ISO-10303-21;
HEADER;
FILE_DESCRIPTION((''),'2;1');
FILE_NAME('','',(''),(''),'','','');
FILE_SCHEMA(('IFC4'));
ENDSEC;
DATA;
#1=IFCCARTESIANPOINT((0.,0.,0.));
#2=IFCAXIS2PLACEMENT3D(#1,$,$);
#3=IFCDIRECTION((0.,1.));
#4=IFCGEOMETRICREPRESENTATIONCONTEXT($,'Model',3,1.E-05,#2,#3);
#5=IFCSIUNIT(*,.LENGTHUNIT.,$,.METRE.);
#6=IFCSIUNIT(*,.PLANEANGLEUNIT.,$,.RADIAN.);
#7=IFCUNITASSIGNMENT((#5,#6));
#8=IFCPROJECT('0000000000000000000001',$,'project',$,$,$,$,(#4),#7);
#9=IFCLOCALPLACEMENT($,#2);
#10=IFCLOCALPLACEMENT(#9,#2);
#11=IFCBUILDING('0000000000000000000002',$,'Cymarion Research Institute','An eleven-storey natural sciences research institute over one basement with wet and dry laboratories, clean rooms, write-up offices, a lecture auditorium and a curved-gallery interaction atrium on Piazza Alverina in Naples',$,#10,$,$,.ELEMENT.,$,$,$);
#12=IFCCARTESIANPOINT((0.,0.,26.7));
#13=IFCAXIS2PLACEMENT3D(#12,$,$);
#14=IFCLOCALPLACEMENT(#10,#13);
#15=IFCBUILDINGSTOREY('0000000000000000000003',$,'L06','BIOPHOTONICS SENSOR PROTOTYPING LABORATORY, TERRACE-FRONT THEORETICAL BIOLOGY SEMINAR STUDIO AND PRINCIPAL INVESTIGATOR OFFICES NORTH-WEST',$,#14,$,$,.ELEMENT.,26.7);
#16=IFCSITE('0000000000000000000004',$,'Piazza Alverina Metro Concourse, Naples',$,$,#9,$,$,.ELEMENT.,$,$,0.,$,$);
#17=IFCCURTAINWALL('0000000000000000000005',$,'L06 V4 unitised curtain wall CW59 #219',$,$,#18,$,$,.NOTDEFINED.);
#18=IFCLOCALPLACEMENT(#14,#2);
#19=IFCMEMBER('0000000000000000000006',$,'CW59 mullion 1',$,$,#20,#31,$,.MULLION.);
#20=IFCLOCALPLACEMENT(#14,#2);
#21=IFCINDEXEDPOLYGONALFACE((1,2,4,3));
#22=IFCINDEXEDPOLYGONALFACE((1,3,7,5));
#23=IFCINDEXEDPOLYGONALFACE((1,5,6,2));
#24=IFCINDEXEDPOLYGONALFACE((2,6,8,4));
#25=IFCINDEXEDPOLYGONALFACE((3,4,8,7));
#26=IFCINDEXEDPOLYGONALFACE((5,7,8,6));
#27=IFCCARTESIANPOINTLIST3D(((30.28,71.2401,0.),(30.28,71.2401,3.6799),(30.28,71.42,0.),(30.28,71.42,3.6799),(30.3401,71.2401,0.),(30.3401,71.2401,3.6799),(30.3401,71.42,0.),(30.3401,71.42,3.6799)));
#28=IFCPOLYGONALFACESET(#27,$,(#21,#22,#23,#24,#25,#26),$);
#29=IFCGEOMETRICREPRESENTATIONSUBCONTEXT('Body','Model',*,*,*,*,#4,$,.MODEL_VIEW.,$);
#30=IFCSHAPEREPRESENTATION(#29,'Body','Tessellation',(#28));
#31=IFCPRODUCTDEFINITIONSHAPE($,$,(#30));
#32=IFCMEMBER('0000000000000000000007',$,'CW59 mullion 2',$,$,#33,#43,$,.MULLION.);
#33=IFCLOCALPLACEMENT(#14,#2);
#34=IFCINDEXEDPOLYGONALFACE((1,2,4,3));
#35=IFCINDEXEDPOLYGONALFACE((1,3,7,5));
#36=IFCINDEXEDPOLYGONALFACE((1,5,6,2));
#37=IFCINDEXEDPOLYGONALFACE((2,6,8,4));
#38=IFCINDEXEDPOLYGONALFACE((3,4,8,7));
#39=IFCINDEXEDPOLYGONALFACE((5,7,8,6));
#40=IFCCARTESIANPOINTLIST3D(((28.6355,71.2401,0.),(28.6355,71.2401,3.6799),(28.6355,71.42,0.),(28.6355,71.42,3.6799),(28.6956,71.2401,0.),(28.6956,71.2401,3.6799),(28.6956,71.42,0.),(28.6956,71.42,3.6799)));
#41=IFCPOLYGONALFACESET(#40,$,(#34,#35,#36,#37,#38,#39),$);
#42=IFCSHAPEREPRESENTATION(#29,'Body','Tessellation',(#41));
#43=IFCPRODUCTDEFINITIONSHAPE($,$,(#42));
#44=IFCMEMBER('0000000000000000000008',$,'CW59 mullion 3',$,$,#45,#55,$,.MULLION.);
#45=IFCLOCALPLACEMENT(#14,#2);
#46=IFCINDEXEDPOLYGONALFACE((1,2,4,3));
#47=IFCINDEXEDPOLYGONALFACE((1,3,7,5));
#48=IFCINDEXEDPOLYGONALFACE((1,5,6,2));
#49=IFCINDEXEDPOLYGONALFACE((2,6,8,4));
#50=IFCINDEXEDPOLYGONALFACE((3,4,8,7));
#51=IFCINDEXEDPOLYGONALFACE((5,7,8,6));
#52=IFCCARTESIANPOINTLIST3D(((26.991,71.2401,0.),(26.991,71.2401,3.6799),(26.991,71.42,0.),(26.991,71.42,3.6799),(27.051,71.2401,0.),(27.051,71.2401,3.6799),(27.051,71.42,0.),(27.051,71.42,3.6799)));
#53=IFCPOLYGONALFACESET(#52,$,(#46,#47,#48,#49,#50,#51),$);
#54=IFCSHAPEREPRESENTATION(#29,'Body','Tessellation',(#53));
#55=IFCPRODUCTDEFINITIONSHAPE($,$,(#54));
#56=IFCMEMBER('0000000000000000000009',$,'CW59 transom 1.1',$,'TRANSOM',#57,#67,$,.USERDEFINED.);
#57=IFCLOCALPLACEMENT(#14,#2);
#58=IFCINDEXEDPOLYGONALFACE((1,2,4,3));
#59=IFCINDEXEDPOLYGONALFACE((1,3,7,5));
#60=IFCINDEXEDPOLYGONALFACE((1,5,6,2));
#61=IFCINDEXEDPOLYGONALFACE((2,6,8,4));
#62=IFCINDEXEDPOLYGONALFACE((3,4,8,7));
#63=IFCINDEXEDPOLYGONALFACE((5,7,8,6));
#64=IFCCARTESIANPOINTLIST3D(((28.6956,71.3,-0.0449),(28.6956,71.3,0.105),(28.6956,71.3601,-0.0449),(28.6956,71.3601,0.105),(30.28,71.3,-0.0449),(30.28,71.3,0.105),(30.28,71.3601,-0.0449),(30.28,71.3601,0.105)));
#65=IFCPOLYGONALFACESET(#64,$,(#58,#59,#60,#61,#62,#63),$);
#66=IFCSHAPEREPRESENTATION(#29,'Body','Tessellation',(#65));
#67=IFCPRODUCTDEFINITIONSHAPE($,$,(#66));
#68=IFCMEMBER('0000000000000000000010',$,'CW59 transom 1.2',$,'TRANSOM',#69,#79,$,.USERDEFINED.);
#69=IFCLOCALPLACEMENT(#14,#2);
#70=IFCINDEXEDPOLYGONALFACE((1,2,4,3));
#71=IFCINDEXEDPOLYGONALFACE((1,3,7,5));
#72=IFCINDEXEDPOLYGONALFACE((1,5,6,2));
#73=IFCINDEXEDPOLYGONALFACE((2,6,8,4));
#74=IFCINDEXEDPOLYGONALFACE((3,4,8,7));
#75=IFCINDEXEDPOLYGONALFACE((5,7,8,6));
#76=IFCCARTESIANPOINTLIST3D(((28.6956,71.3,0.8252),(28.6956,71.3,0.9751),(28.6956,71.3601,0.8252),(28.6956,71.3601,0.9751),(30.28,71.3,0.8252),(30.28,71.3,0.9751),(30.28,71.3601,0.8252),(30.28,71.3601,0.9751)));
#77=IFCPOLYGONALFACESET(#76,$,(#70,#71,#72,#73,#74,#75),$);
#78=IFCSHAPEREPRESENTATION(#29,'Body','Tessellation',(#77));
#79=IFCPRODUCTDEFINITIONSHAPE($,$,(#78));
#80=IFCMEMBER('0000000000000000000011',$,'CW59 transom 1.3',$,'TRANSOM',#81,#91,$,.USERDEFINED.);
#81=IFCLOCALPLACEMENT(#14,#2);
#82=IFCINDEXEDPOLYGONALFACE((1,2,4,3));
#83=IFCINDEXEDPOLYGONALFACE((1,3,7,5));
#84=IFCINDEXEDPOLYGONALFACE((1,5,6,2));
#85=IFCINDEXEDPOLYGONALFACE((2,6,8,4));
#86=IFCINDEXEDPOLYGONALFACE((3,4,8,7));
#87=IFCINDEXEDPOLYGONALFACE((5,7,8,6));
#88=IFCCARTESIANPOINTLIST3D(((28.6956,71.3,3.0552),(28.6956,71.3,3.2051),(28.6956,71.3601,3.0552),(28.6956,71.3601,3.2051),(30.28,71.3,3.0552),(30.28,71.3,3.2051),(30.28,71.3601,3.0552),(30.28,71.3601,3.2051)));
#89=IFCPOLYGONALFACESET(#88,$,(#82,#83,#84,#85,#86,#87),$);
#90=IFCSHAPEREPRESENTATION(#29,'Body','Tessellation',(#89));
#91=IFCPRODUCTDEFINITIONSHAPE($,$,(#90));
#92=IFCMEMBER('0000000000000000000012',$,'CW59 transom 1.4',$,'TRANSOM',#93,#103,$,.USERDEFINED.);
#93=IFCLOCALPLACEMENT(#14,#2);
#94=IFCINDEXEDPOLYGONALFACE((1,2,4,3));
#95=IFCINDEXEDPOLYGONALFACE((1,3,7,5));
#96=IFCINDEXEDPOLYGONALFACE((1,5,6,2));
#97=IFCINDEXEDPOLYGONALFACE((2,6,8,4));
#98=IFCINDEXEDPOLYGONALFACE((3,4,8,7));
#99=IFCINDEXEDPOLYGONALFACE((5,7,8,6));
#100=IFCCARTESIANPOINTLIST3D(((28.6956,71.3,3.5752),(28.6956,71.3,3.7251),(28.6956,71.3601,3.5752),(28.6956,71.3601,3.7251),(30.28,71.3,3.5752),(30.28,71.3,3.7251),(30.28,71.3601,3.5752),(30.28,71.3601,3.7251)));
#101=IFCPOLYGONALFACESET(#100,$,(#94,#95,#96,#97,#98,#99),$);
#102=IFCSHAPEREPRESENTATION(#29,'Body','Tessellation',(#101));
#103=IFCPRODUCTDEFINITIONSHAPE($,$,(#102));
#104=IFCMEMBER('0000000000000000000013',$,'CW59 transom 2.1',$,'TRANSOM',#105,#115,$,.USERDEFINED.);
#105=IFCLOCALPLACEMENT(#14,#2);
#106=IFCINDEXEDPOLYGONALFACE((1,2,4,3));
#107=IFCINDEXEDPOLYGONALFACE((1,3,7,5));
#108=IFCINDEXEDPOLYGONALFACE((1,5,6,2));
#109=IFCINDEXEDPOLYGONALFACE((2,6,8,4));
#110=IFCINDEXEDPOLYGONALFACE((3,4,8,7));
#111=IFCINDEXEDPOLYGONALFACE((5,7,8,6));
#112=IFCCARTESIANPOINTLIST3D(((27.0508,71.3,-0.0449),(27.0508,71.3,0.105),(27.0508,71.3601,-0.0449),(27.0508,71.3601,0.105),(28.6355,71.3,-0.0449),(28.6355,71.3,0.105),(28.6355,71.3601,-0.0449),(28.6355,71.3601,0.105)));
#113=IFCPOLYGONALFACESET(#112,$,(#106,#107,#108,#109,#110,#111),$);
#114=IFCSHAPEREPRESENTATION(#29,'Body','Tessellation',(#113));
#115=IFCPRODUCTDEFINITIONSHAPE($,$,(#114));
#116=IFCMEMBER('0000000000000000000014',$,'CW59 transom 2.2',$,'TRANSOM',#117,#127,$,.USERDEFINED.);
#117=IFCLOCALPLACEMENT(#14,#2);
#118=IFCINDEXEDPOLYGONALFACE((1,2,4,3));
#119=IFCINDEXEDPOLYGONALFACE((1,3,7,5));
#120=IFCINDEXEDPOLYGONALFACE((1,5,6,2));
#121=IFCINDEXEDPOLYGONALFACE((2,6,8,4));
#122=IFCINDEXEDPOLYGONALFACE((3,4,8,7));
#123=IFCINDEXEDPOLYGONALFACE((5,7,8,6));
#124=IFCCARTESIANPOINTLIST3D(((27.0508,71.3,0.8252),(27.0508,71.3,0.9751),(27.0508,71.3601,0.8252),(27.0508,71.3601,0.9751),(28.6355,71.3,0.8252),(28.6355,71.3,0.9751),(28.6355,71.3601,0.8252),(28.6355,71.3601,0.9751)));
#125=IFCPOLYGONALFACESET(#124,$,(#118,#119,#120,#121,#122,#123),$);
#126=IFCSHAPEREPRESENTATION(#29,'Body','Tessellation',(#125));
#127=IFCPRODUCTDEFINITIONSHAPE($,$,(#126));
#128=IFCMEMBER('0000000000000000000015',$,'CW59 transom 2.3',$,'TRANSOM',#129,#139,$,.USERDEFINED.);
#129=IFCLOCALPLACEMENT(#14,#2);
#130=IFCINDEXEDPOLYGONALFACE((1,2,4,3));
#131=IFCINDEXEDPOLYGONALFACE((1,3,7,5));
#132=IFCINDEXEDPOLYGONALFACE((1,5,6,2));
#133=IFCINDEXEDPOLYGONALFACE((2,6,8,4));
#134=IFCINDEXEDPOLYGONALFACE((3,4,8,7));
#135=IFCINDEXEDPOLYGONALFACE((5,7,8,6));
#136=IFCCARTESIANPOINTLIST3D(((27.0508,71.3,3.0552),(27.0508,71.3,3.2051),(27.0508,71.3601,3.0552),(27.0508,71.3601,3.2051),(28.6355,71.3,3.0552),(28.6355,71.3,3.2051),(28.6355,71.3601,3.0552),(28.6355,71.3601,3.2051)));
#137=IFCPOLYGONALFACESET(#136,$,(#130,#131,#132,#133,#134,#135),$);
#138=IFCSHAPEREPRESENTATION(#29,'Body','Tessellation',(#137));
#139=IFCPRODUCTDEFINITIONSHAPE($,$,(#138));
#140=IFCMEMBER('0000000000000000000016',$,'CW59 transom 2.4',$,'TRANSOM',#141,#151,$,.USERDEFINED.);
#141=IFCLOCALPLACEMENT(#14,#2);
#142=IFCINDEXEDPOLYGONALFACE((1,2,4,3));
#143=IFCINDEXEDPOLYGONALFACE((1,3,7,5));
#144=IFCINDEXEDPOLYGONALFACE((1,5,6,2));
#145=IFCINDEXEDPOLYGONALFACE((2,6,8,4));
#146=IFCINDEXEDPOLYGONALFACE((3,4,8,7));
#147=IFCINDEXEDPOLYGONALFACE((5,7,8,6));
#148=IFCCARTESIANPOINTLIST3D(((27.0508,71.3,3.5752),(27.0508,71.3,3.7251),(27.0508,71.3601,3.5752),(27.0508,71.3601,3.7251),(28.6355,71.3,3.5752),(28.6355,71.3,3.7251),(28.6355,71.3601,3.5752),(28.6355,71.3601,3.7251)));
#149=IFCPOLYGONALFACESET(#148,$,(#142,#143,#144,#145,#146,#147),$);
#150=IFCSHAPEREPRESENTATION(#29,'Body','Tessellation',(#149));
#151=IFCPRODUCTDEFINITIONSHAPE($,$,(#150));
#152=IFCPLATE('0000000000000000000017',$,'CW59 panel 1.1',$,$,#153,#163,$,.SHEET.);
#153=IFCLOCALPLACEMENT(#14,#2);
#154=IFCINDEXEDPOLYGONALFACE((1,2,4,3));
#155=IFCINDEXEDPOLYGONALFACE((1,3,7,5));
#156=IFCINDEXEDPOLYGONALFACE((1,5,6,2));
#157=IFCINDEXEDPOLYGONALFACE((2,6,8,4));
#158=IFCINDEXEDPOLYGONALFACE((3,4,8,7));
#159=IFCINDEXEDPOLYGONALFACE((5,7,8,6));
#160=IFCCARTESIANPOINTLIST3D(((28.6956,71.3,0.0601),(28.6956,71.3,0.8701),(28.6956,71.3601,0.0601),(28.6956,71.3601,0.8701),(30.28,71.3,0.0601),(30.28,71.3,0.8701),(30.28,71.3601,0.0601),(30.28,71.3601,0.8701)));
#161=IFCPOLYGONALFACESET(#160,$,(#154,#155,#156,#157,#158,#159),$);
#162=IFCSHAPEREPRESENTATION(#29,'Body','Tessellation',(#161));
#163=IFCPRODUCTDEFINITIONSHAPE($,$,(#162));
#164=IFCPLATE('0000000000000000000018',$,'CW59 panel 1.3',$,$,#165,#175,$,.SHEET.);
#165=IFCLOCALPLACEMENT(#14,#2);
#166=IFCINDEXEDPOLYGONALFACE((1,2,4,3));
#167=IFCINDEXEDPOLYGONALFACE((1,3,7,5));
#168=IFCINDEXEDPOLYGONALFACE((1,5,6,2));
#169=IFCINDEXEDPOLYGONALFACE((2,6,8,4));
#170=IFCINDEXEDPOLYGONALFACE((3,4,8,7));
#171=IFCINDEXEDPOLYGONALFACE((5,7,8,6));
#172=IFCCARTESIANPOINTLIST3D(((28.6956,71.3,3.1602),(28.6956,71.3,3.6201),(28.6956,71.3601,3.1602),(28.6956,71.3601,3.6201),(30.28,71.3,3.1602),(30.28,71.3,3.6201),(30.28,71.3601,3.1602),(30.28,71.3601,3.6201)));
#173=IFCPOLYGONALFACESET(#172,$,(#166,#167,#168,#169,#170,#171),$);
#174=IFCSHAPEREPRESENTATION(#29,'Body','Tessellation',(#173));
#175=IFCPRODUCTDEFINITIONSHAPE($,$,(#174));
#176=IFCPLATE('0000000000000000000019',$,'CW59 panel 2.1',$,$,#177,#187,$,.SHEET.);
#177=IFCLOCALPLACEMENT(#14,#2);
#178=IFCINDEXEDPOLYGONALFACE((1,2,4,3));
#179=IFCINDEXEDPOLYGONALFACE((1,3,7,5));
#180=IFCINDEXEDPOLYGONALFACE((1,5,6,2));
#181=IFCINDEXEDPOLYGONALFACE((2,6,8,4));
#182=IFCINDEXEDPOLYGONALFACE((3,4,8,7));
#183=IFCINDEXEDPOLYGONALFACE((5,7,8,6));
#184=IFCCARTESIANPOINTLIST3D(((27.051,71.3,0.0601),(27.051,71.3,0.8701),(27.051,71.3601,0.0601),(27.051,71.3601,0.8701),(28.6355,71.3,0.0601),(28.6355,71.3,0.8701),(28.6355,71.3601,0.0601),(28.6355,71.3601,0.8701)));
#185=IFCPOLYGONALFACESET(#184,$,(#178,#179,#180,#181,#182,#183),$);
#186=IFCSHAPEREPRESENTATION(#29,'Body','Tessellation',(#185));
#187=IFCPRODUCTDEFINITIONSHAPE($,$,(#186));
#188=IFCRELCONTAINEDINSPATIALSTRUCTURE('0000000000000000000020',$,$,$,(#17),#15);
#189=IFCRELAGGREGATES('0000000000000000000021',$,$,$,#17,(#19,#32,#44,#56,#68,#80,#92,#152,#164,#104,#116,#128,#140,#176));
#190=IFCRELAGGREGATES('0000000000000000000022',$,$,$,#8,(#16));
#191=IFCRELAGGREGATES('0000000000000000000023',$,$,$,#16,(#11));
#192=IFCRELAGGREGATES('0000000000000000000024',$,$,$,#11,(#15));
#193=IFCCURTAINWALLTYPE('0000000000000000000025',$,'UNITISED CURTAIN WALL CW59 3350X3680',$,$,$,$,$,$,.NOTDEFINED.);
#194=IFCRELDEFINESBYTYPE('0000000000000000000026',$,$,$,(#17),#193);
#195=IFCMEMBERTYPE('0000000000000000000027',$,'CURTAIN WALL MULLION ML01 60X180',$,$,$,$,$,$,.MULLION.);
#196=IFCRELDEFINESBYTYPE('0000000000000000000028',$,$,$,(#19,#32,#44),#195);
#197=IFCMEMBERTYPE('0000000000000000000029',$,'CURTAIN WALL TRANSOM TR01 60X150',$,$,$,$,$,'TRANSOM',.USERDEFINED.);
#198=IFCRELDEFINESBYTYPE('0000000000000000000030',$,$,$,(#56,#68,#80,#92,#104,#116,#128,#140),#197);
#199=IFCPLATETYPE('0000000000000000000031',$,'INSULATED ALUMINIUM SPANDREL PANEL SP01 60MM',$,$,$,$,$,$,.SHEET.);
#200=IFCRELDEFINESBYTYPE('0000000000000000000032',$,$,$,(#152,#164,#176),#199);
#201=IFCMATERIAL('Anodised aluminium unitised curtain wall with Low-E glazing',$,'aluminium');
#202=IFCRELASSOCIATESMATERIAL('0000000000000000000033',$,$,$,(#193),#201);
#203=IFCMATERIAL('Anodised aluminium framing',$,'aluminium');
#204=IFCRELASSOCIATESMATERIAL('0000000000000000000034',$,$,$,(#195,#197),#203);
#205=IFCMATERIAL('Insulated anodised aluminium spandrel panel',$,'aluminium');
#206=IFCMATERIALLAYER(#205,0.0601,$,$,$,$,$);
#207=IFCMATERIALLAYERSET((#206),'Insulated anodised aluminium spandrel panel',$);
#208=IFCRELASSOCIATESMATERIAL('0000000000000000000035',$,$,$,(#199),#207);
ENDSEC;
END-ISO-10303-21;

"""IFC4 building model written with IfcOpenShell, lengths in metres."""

from ifc_helpers import new_model, si_unit, direction, frame, origin, origin_2d, place, context, subcontext, project, spatial, rectangle, extrude, material, layer, layer_set, material_profile, profile_set, type_object, element, aggregate, save


model = new_model("IFC4")

# Units and contexts
model_context = context("Model", 3, precision=1e-05, world=origin(), true_north=direction((0.0, 1.0)))
body_context = subcontext(model_context, "Body", "Model", "MODEL_VIEW")
ifc_project = project(units=[si_unit("LENGTHUNIT", "METRE"), si_unit("PLANEANGLEUNIT", "RADIAN")], contexts=[model_context])

# Site, building, storey
site_placement = place(None, origin())
site = spatial("IfcSite", under=ifc_project, at=site_placement, Name="Piazza Alverina Metro Concourse, Naples", CompositionType="ELEMENT", RefElevation=0.0)
building_placement = place(site_placement, origin())
building = spatial("IfcBuilding", under=site, at=building_placement, Name="Cymarion Research Institute", Description="An eleven-storey natural sciences research institute over one basement with wet and dry laboratories, clean rooms, write-up offices, a lecture auditorium and a curved-gallery interaction atrium on Piazza Alverina in Naples", CompositionType="ELEMENT")
storey_placement = place(building_placement, frame((0.0, 0.0, 26.7)))
storey = spatial("IfcBuildingStorey", under=building, at=storey_placement, Name="L06", Description="BIOPHOTONICS SENSOR PROTOTYPING LABORATORY, TERRACE-FRONT THEORETICAL BIOLOGY SEMINAR STUDIO AND PRINCIPAL INVESTIGATOR OFFICES NORTH-WEST", CompositionType="ELEMENT", Elevation=26.7)

# Curtain wall, members, plates
ifc_material_1 = material(Name="Anodised aluminium unitised curtain wall with Low-E glazing", Category="aluminium")
curtain_wall_type = type_object("IfcCurtainWallType", Name="UNITISED CURTAIN WALL CW59 3350X3680", PredefinedType="NOTDEFINED", material=ifc_material_1)
curtain_wall_placement = place(storey_placement, origin())
curtain_wall = element("IfcCurtainWall", 1, at=curtain_wall_placement, inside=storey, type_object=curtain_wall_type, Name="L06 V4 unitised curtain wall CW59 #219", PredefinedType="NOTDEFINED")
ifc_material_2 = material(Name="Anodised aluminium framing", Category="aluminium")
ifc_material_profile_1 = material_profile(ifc_material_2, rectangle(XDim=0.0601, YDim=0.1799, at=origin_2d()), Name="ALU MULLION 60x180")
ifc_profile_set_1 = profile_set([ifc_material_profile_1], Name="Anodised aluminium framing")
member_type_1 = type_object("IfcMemberType", Name="CURTAIN WALL MULLION ML01 60X180", PredefinedType="MULLION", material=ifc_profile_set_1)
member_1_placement = place(storey_placement, frame((30.3101, 71.3301, 0.0), z_axis=(0.0, 0.0, 1.0), x_axis=(-1.0, 0.0, 0.0)))
member_1 = element("IfcMember", 2, at=member_1_placement, type_object=member_type_1, Name="CW59 mullion 1", PredefinedType="MULLION", context=body_context, shape_type="SweptSolid", body=[
    extrude(rectangle(XDim=0.0601, YDim=0.1799, at=origin_2d()), origin(), (0.0, 0.0, 1.0), 3.6799),
])
member_2_placement = place(storey_placement, frame((28.6655, 71.3301, 0.0), z_axis=(0.0, 0.0, 1.0), x_axis=(-1.0, 0.0, 0.0)))
member_2 = element("IfcMember", 3, at=member_2_placement, type_object=member_type_1, Name="CW59 mullion 2", PredefinedType="MULLION", context=body_context, shape_type="SweptSolid", body=[
    extrude(rectangle(XDim=0.0601, YDim=0.1799, at=origin_2d()), origin(), (0.0, 0.0, 1.0), 3.6799),
])
member_3_placement = place(storey_placement, frame((27.021, 71.3301, 0.0), z_axis=(0.0, 0.0, 1.0), x_axis=(-1.0, 0.0, 0.0)))
member_3 = element("IfcMember", 4, at=member_3_placement, type_object=member_type_1, Name="CW59 mullion 3", PredefinedType="MULLION", context=body_context, shape_type="SweptSolid", body=[
    extrude(rectangle(XDim=0.0601, YDim=0.1799, at=origin_2d()), origin(), (0.0, 0.0, 1.0), 3.6799),
])
ifc_material_profile_2 = material_profile(ifc_material_2, rectangle(XDim=0.0601, YDim=0.1499, at=origin_2d()), Name="ALU TRANSOM 60x150")
ifc_profile_set_2 = profile_set([ifc_material_profile_2], Name="Anodised aluminium framing")
member_type_2 = type_object("IfcMemberType", Name="CURTAIN WALL TRANSOM TR01 60X150", ElementType="TRANSOM", PredefinedType="USERDEFINED", material=ifc_profile_set_2)
member_4_placement = place(storey_placement, frame((30.28, 71.3301, 0.03), z_axis=(-1.0, 0.0, 0.0), x_axis=(0.0, -1.0, 0.0)))
member_4 = element("IfcMember", 5, at=member_4_placement, type_object=member_type_2, Name="CW59 transom 1.1", ObjectType="TRANSOM", PredefinedType="USERDEFINED", context=body_context, shape_type="SweptSolid", body=[
    extrude(rectangle(XDim=0.0601, YDim=0.1499, at=origin_2d()), origin(), (0.0, 0.0, 1.0), 1.5845),
])
member_5_placement = place(storey_placement, frame((30.28, 71.3301, 0.9001), z_axis=(-1.0, 0.0, 0.0), x_axis=(0.0, -1.0, 0.0)))
member_5 = element("IfcMember", 6, at=member_5_placement, type_object=member_type_2, Name="CW59 transom 1.2", ObjectType="TRANSOM", PredefinedType="USERDEFINED", context=body_context, shape_type="SweptSolid", body=[
    extrude(rectangle(XDim=0.0601, YDim=0.1499, at=origin_2d()), origin(), (0.0, 0.0, 1.0), 1.5845),
])
member_6_placement = place(storey_placement, frame((30.28, 71.3301, 3.1301), z_axis=(-1.0, 0.0, 0.0), x_axis=(0.0, -1.0, 0.0)))
member_6 = element("IfcMember", 7, at=member_6_placement, type_object=member_type_2, Name="CW59 transom 1.3", ObjectType="TRANSOM", PredefinedType="USERDEFINED", context=body_context, shape_type="SweptSolid", body=[
    extrude(rectangle(XDim=0.0601, YDim=0.1499, at=origin_2d()), origin(), (0.0, 0.0, 1.0), 1.5845),
])
member_7_placement = place(storey_placement, frame((30.28, 71.3301, 3.6501), z_axis=(-1.0, 0.0, 0.0), x_axis=(0.0, -1.0, 0.0)))
member_7 = element("IfcMember", 8, at=member_7_placement, type_object=member_type_2, Name="CW59 transom 1.4", ObjectType="TRANSOM", PredefinedType="USERDEFINED", context=body_context, shape_type="SweptSolid", body=[
    extrude(rectangle(XDim=0.0601, YDim=0.1499, at=origin_2d()), origin(), (0.0, 0.0, 1.0), 1.5845),
])
member_8_placement = place(storey_placement, frame((28.6355, 71.3301, 0.03), z_axis=(-1.0, 0.0, 0.0), x_axis=(0.0, -1.0, 0.0)))
member_8 = element("IfcMember", 9, at=member_8_placement, type_object=member_type_2, Name="CW59 transom 2.1", ObjectType="TRANSOM", PredefinedType="USERDEFINED", context=body_context, shape_type="SweptSolid", body=[
    extrude(rectangle(XDim=0.0601, YDim=0.1499, at=origin_2d()), origin(), (0.0, 0.0, 1.0), 1.5847),
])
member_9_placement = place(storey_placement, frame((28.6355, 71.3301, 0.9001), z_axis=(-1.0, 0.0, 0.0), x_axis=(0.0, -1.0, 0.0)))
member_9 = element("IfcMember", 10, at=member_9_placement, type_object=member_type_2, Name="CW59 transom 2.2", ObjectType="TRANSOM", PredefinedType="USERDEFINED", context=body_context, shape_type="SweptSolid", body=[
    extrude(rectangle(XDim=0.0601, YDim=0.1499, at=origin_2d()), origin(), (0.0, 0.0, 1.0), 1.5847),
])
member_10_placement = place(storey_placement, frame((28.6355, 71.3301, 3.1301), z_axis=(-1.0, 0.0, 0.0), x_axis=(0.0, -1.0, 0.0)))
member_10 = element("IfcMember", 11, at=member_10_placement, type_object=member_type_2, Name="CW59 transom 2.3", ObjectType="TRANSOM", PredefinedType="USERDEFINED", context=body_context, shape_type="SweptSolid", body=[
    extrude(rectangle(XDim=0.0601, YDim=0.1499, at=origin_2d()), origin(), (0.0, 0.0, 1.0), 1.5847),
])
member_11_placement = place(storey_placement, frame((28.6355, 71.3301, 3.6501), z_axis=(-1.0, 0.0, 0.0), x_axis=(0.0, -1.0, 0.0)))
member_11 = element("IfcMember", 12, at=member_11_placement, type_object=member_type_2, Name="CW59 transom 2.4", ObjectType="TRANSOM", PredefinedType="USERDEFINED", context=body_context, shape_type="SweptSolid", body=[
    extrude(rectangle(XDim=0.0601, YDim=0.1499, at=origin_2d()), origin(), (0.0, 0.0, 1.0), 1.5847),
])
ifc_material_3 = material(Name="Insulated anodised aluminium spandrel panel", Category="aluminium")
ifc_layer_1 = layer(ifc_material_3, 0.0601)
ifc_layer_set_1 = layer_set([ifc_layer_1], Name="Insulated anodised aluminium spandrel panel")
plate_type_1 = type_object("IfcPlateType", Name="INSULATED ALUMINIUM SPANDREL PANEL SP01 60MM", PredefinedType="SHEET", material=ifc_layer_set_1)
plate_1_placement = place(storey_placement, frame((29.4878, 71.3301, 0.0601), z_axis=(0.0, 0.0, 1.0), x_axis=(-1.0, 0.0, 0.0)))
plate_1 = element("IfcPlate", 13, at=plate_1_placement, type_object=plate_type_1, Name="CW59 panel 1.1", PredefinedType="SHEET", context=body_context, shape_type="SweptSolid", body=[
    extrude(rectangle(XDim=1.5845, YDim=0.0601, at=origin_2d()), origin(), (0.0, 0.0, 1.0), 0.8101),
])
plate_2_placement = place(storey_placement, frame((29.4878, 71.3301, 3.1602), z_axis=(0.0, 0.0, 1.0), x_axis=(-1.0, 0.0, 0.0)))
plate_2 = element("IfcPlate", 14, at=plate_2_placement, type_object=plate_type_1, Name="CW59 panel 1.3", PredefinedType="SHEET", context=body_context, shape_type="SweptSolid", body=[
    extrude(rectangle(XDim=1.5845, YDim=0.0601, at=origin_2d()), origin(), (0.0, 0.0, 1.0), 0.46),
])
plate_3_placement = place(storey_placement, frame((27.8433, 71.3301, 0.0601), z_axis=(0.0, 0.0, 1.0), x_axis=(-1.0, 0.0, 0.0)))
plate_3 = element("IfcPlate", 15, at=plate_3_placement, type_object=plate_type_1, Name="CW59 panel 2.1", PredefinedType="SHEET", context=body_context, shape_type="SweptSolid", body=[
    extrude(rectangle(XDim=1.5845, YDim=0.0601, at=origin_2d()), origin(), (0.0, 0.0, 1.0), 0.8101),
])
aggregate(curtain_wall, [member_1, member_2, member_3, member_4, member_5, member_6, member_7, plate_1, plate_2, member_8, member_9, member_10, member_11, plate_3])

save(model, "model.ifc")
